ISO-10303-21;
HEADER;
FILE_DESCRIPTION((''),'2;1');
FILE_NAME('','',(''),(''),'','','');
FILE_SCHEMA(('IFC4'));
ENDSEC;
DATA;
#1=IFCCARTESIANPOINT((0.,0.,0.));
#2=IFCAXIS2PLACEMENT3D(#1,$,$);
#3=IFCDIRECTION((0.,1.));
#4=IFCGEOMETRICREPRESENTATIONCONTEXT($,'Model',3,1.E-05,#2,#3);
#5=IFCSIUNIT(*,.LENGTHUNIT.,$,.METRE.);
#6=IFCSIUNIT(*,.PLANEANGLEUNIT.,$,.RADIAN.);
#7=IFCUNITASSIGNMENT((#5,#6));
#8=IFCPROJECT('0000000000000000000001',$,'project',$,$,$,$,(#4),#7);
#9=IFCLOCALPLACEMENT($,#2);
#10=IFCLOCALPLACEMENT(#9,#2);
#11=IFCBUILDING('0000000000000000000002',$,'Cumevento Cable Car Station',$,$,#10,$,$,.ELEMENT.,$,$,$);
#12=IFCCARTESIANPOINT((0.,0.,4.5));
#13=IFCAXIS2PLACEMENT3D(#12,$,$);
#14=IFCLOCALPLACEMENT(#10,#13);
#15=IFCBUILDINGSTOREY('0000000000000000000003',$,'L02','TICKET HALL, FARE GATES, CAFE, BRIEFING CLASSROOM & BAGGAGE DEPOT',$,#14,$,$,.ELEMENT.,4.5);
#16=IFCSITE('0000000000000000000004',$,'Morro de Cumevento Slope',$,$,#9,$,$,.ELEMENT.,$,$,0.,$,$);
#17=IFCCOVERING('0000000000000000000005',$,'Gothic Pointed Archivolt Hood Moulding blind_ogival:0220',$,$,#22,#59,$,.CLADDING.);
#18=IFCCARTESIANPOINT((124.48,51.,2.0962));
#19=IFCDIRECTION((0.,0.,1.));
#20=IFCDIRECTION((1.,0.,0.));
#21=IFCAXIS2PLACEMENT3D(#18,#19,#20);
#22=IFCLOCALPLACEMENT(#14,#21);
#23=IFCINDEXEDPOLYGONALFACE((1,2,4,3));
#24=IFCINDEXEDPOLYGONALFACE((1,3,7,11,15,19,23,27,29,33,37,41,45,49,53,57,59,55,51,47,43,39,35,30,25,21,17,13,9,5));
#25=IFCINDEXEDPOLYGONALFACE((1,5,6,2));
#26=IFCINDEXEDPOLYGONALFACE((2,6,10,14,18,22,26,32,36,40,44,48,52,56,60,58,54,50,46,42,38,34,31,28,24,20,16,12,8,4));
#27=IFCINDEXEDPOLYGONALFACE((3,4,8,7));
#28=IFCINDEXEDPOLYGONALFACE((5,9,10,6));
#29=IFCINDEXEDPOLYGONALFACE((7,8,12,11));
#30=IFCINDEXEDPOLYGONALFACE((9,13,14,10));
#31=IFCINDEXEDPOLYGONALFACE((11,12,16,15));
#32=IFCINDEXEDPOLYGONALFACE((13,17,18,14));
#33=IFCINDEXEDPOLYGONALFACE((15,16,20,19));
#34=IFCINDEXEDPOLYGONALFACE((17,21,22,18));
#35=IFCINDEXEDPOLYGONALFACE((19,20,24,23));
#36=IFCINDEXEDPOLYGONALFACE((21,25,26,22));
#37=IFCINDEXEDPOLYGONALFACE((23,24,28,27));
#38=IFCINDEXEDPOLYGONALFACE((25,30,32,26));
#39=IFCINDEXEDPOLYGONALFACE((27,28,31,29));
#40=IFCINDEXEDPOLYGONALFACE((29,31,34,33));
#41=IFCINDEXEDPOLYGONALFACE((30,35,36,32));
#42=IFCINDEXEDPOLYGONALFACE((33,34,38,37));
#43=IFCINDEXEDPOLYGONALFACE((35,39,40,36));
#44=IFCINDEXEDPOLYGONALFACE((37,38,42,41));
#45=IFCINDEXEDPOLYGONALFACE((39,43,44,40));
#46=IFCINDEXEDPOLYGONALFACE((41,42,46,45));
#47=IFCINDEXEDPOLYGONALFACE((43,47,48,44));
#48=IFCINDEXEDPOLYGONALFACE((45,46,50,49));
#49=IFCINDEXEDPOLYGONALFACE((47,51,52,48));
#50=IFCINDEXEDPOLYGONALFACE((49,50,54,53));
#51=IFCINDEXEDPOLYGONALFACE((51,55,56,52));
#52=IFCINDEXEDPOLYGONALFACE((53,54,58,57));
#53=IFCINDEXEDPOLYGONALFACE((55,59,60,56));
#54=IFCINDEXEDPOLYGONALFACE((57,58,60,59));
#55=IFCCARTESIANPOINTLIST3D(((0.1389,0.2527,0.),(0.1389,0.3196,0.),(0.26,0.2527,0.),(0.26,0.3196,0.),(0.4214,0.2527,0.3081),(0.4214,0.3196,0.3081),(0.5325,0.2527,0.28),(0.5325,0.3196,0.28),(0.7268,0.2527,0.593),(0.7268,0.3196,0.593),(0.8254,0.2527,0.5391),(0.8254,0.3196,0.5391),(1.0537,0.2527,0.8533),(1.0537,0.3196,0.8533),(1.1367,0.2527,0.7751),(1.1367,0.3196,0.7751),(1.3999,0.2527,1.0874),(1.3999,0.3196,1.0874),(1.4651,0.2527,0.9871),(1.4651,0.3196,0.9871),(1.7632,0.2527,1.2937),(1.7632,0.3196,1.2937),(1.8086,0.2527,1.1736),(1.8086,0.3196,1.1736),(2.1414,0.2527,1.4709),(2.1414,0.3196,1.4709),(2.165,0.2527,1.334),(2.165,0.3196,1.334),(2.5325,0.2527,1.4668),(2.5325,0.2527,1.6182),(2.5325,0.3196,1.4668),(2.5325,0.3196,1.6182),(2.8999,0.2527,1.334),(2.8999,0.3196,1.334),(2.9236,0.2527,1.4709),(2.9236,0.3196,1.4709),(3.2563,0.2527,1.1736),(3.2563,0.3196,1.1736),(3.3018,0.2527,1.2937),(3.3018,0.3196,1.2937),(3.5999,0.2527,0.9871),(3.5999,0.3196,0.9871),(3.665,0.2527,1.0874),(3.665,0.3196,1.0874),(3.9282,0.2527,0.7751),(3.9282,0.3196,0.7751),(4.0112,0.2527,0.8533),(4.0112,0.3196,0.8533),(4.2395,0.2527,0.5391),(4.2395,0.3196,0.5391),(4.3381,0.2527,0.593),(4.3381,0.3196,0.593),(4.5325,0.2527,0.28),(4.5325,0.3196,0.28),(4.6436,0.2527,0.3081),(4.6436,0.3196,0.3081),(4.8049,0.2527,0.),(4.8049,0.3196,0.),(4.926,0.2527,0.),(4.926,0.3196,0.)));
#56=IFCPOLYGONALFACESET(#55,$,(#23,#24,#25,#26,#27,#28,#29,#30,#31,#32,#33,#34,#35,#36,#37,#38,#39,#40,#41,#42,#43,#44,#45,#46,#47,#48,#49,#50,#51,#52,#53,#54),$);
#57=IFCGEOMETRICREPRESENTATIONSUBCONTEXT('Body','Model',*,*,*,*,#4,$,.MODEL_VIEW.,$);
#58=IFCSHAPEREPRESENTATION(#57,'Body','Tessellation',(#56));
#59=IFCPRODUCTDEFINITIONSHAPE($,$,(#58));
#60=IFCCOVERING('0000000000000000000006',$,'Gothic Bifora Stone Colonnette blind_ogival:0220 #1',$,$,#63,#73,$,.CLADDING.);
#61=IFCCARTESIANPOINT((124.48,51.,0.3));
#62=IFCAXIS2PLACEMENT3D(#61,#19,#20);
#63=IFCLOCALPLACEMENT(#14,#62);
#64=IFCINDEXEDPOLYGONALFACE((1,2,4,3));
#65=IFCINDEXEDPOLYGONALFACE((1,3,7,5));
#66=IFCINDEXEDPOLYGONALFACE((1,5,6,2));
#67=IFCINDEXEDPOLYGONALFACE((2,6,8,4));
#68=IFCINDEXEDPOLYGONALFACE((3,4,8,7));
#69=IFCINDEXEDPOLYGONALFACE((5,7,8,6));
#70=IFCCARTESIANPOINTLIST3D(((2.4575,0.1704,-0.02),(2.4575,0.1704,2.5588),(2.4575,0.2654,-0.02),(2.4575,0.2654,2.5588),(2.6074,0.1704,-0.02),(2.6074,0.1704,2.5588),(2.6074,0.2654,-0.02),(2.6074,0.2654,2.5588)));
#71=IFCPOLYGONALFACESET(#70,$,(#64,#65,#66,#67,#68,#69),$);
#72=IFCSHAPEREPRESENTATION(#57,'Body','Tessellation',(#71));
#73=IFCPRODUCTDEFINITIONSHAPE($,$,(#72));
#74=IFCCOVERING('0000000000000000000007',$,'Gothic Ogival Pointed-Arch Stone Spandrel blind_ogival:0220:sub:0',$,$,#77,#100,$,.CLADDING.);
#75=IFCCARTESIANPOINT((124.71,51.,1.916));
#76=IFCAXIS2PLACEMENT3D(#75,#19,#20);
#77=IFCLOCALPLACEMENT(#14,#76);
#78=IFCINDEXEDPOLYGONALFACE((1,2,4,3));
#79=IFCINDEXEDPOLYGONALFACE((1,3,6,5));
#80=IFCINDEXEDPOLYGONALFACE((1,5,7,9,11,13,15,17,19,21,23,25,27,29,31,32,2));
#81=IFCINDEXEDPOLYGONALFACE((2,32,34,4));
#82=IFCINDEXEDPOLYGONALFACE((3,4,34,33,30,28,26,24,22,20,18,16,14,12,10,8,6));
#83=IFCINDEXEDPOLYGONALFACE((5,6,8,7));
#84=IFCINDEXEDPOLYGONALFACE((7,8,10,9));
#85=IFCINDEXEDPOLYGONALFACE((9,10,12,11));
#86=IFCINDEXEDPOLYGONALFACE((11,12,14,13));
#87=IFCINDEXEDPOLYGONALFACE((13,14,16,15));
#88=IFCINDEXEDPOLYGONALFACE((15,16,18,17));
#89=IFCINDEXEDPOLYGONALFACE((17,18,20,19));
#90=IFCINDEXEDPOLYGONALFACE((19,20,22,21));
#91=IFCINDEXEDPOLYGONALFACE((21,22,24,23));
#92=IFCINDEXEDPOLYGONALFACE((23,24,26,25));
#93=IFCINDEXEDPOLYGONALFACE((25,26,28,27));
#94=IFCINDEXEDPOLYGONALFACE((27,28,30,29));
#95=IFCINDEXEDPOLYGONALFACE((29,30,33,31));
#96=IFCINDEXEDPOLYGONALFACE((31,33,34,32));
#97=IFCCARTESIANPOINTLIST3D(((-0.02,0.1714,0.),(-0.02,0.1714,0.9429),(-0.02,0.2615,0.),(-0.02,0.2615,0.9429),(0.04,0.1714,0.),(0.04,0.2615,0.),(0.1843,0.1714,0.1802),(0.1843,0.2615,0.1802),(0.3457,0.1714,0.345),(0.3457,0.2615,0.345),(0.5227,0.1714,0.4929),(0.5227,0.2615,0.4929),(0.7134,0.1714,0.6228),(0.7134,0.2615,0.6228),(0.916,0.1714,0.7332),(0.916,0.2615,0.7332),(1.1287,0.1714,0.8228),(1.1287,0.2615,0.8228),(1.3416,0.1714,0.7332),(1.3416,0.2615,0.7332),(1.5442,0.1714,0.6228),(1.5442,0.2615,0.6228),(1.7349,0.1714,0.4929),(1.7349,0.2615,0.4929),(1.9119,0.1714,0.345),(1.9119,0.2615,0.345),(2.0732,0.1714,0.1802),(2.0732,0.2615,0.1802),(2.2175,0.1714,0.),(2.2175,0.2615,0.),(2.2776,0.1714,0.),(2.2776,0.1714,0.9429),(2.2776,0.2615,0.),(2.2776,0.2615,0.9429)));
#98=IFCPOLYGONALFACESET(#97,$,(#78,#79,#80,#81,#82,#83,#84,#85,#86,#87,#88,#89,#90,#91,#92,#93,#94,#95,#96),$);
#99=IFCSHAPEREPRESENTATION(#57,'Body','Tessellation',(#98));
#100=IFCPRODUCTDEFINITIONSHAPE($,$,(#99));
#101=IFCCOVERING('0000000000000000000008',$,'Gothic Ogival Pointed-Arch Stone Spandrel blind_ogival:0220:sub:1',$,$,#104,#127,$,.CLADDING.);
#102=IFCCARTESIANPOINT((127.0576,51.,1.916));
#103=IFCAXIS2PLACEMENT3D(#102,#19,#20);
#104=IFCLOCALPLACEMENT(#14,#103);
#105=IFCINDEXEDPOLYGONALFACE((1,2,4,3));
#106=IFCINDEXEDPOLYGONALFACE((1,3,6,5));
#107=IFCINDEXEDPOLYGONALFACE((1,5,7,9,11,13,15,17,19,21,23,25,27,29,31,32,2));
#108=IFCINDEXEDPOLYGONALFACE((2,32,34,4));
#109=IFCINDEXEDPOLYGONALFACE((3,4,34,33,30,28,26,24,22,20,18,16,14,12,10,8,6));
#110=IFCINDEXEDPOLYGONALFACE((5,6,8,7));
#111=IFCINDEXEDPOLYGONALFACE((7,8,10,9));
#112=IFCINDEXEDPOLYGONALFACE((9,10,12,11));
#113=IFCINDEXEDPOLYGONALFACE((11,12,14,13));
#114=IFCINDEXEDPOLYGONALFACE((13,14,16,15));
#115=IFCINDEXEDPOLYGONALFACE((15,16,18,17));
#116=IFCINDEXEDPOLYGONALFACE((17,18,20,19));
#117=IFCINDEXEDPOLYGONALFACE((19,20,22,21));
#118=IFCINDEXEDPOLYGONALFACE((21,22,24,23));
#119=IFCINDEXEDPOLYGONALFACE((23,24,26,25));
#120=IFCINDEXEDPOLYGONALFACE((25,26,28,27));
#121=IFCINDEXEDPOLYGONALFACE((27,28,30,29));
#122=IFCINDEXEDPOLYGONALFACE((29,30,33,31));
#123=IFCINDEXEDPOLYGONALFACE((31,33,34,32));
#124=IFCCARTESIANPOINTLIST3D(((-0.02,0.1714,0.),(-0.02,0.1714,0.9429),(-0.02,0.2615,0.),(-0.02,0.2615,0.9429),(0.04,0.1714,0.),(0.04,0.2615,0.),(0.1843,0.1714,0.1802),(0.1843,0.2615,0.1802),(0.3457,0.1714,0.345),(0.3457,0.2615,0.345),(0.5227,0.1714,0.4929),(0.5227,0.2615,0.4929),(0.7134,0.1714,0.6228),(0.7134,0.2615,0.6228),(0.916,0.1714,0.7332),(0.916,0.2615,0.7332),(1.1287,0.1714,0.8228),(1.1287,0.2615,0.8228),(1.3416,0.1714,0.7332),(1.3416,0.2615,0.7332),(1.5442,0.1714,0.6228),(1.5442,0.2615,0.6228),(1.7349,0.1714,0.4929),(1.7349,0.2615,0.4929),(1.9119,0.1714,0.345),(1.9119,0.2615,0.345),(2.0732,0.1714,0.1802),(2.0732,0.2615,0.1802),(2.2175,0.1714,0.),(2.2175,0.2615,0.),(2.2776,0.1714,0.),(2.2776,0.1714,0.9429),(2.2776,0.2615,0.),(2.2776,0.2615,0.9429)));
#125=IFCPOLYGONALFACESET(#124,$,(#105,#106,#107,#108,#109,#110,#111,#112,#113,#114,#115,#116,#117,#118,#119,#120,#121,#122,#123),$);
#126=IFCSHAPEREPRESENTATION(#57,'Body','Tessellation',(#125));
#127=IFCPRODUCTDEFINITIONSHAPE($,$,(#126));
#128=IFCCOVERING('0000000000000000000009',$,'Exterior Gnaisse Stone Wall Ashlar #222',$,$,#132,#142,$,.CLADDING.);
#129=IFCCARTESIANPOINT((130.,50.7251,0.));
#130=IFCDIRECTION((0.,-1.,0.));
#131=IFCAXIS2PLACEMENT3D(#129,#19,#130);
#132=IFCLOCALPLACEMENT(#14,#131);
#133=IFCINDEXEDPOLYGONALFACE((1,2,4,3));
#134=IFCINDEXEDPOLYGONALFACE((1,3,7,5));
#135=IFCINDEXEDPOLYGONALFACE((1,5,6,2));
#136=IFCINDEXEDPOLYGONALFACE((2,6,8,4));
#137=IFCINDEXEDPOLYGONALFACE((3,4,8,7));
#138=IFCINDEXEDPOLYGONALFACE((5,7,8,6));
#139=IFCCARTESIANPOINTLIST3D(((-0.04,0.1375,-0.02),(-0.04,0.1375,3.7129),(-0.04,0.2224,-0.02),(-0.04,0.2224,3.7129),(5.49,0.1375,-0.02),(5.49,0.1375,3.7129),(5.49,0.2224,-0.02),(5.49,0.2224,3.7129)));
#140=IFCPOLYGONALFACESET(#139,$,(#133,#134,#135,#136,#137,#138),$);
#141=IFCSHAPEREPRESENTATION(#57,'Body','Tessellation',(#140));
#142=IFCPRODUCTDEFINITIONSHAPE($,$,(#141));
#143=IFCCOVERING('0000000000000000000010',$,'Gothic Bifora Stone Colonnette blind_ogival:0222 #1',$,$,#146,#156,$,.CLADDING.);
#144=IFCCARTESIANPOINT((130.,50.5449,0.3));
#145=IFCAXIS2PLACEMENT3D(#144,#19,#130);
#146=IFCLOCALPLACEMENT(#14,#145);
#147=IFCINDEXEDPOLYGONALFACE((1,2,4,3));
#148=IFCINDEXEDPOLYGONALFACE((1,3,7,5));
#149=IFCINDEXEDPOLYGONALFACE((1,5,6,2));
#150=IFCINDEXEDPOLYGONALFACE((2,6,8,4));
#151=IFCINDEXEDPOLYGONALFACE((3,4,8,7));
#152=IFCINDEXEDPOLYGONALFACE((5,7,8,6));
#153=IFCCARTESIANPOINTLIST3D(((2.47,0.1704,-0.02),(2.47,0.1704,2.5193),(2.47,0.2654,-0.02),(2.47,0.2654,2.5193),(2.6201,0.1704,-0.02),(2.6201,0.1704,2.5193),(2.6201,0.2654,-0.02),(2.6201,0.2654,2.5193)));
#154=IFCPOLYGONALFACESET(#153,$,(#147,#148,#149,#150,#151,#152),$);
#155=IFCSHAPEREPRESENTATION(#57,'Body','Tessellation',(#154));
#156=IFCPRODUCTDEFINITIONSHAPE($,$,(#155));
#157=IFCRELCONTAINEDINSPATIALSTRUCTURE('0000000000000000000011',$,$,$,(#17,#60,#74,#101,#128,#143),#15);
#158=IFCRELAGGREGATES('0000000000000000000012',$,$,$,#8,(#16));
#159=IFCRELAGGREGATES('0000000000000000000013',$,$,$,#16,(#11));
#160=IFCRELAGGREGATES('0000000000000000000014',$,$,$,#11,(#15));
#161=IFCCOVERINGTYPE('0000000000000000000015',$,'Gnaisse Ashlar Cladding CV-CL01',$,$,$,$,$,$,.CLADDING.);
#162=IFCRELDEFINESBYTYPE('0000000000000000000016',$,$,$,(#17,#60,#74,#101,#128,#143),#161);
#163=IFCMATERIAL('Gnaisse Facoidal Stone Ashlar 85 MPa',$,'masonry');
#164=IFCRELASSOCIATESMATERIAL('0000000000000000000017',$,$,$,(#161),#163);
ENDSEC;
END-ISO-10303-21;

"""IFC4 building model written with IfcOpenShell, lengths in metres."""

from ifc_helpers import new_model, si_unit, direction, frame, origin, place, context, subcontext, project, spatial, polyline, outline, extrude, material, type_object, element, save


model = new_model("IFC4")

# Units and contexts
model_context = context("Model", 3, precision=1e-05, world=origin(), true_north=direction((0.0, 1.0)))
body_context = subcontext(model_context, "Body", "Model", "MODEL_VIEW")
ifc_project = project(units=[si_unit("LENGTHUNIT", "METRE"), si_unit("PLANEANGLEUNIT", "RADIAN")], contexts=[model_context])

# Site, building, storey
site_placement = place(None, origin())
site = spatial("IfcSite", under=ifc_project, at=site_placement, Name="Morro de Cumevento Slope", CompositionType="ELEMENT", RefElevation=0.0)
building_placement = place(site_placement, origin())
building = spatial("IfcBuilding", under=site, at=building_placement, Name="Cumevento Cable Car Station", CompositionType="ELEMENT")
storey_placement = place(building_placement, frame((0.0, 0.0, 4.5)))
storey = spatial("IfcBuildingStorey", under=building, at=storey_placement, Name="L02", Description="TICKET HALL, FARE GATES, CAFE, BRIEFING CLASSROOM & BAGGAGE DEPOT", CompositionType="ELEMENT", Elevation=4.5)

# Coverings
ifc_material_1 = material(Name="Gnaisse Facoidal Stone Ashlar 85 MPa", Category="masonry")
covering_type = type_object("IfcCoveringType", Name="Gnaisse Ashlar Cladding CV-CL01", PredefinedType="CLADDING", material=ifc_material_1)
placement_1 = place(storey_placement, frame((124.48, 51.0, 0.3), z_axis=(0.0, 0.0, 1.0), x_axis=(1.0, 0.0, 0.0)))
covering_1_placement = place(storey_placement, frame((124.48, 51.0, 2.0962), z_axis=(0.0, 0.0, 1.0), x_axis=(1.0, 0.0, 0.0)))
element("IfcCovering", 1, at=covering_1_placement, inside=storey, type_object=covering_type, Name="Gothic Pointed Archivolt Hood Moulding blind_ogival:0220", PredefinedType="CLADDING", context=body_context, shape_type="SweptSolid", body=[
    extrude(outline(polyline([(0.26, 0.0), (0.5325, 0.28), (0.8254, 0.5391), (1.1367, 0.7751), (1.4651, 0.9871), (1.8086, 1.1736), (2.165, 1.334), (2.5325, 1.4668), (2.8999, 1.334), (3.2563, 1.1736), (3.5999, 0.9871), (3.9282, 0.7751), (4.2395, 0.5391), (4.5325, 0.28), (4.8049, 0.0), (4.926, 0.0), (4.6436, 0.3081), (4.3381, 0.593), (4.0112, 0.8533), (3.665, 1.0874), (3.3018, 1.2937), (2.9236, 1.4709), (2.5325, 1.6182), (2.1414, 1.4709), (1.7632, 1.2937), (1.3999, 1.0874), (1.0537, 0.8533), (0.7268, 0.593), (0.4214, 0.3081), (0.1389, 0.0), (0.26, 0.0)])), frame((0.0, 0.3196, 0.0), z_axis=(0.0, -1.0, 0.0), x_axis=(1.0, 0.0, 0.0)), (0.0, 0.0, 1.0), 0.0669),
])
element("IfcCovering", 2, at=placement_1, inside=storey, type_object=covering_type, Name="Gothic Bifora Stone Colonnette blind_ogival:0220 #1", PredefinedType="CLADDING", context=body_context, shape_type="SweptSolid", body=[
    extrude(outline(polyline([(2.4575, -0.02), (2.6074, -0.02), (2.6074, 2.5588), (2.4575, 2.5588), (2.4575, -0.02)])), frame((0.0, 0.2654, 0.0), z_axis=(0.0, -1.0, 0.0), x_axis=(1.0, 0.0, 0.0)), (0.0, 0.0, 1.0), 0.095),
])
for number, where, z_axis, x_axis, name in (
    (3, (124.71, 51.0, 1.916), (0.0, 0.0, 1.0), (1.0, 0.0, 0.0), "Gothic Ogival Pointed-Arch Stone Spandrel blind_ogival:0220:sub:0"),
    (4, (127.0576, 51.0, 1.916), (0.0, 0.0, 1.0), (1.0, 0.0, 0.0), "Gothic Ogival Pointed-Arch Stone Spandrel blind_ogival:0220:sub:1"),
):
    element("IfcCovering", number, at=place(storey_placement, frame(where, z_axis=z_axis, x_axis=x_axis)), inside=storey, type_object=covering_type, Name=name, PredefinedType="CLADDING", context=body_context, shape_type="SweptSolid", body=[
        extrude(outline(polyline([(-0.02, 0.0), (-0.02, 0.9429), (2.2776, 0.9429), (2.2776, 0.0), (2.2175, 0.0), (2.0732, 0.1802), (1.9119, 0.345), (1.7349, 0.4929), (1.5442, 0.6228), (1.3416, 0.7332), (1.1287, 0.8228), (0.916, 0.7332), (0.7134, 0.6228), (0.5227, 0.4929), (0.3457, 0.345), (0.1843, 0.1802), (0.04, 0.0), (-0.02, 0.0)])), frame((0.0, 0.2615, 0.0), z_axis=(0.0, -1.0, 0.0), x_axis=(1.0, 0.0, 0.0)), (0.0, 0.0, 1.0), 0.0901),
    ])
covering_2_placement = place(storey_placement, frame((130.0, 50.7251, 0.0), z_axis=(0.0, 0.0, 1.0), x_axis=(0.0, -1.0, 0.0)))
element("IfcCovering", 5, at=covering_2_placement, inside=storey, type_object=covering_type, Name="Exterior Gnaisse Stone Wall Ashlar #222", PredefinedType="CLADDING", context=body_context, shape_type="SweptSolid", body=[
    extrude(outline(polyline([(-0.04, -0.02), (5.49, -0.02), (5.49, 3.7129), (-0.04, 3.7129), (-0.04, -0.02)])), frame((0.0, 0.2224, 0.0), z_axis=(0.0, -1.0, 0.0), x_axis=(1.0, 0.0, 0.0)), (0.0, 0.0, 1.0), 0.085),
])
covering_3_placement = place(storey_placement, frame((130.0, 50.5449, 0.3), z_axis=(0.0, 0.0, 1.0), x_axis=(0.0, -1.0, 0.0)))
element("IfcCovering", 6, at=covering_3_placement, inside=storey, type_object=covering_type, Name="Gothic Bifora Stone Colonnette blind_ogival:0222 #1", PredefinedType="CLADDING", context=body_context, shape_type="SweptSolid", body=[
    extrude(outline(polyline([(2.47, -0.02), (2.6201, -0.02), (2.6201, 2.5193), (2.47, 2.5193), (2.47, -0.02)])), frame((0.0, 0.2654, 0.0), z_axis=(0.0, -1.0, 0.0), x_axis=(1.0, 0.0, 0.0)), (0.0, 0.0, 1.0), 0.095),
])

save(model, "model.ifc")
